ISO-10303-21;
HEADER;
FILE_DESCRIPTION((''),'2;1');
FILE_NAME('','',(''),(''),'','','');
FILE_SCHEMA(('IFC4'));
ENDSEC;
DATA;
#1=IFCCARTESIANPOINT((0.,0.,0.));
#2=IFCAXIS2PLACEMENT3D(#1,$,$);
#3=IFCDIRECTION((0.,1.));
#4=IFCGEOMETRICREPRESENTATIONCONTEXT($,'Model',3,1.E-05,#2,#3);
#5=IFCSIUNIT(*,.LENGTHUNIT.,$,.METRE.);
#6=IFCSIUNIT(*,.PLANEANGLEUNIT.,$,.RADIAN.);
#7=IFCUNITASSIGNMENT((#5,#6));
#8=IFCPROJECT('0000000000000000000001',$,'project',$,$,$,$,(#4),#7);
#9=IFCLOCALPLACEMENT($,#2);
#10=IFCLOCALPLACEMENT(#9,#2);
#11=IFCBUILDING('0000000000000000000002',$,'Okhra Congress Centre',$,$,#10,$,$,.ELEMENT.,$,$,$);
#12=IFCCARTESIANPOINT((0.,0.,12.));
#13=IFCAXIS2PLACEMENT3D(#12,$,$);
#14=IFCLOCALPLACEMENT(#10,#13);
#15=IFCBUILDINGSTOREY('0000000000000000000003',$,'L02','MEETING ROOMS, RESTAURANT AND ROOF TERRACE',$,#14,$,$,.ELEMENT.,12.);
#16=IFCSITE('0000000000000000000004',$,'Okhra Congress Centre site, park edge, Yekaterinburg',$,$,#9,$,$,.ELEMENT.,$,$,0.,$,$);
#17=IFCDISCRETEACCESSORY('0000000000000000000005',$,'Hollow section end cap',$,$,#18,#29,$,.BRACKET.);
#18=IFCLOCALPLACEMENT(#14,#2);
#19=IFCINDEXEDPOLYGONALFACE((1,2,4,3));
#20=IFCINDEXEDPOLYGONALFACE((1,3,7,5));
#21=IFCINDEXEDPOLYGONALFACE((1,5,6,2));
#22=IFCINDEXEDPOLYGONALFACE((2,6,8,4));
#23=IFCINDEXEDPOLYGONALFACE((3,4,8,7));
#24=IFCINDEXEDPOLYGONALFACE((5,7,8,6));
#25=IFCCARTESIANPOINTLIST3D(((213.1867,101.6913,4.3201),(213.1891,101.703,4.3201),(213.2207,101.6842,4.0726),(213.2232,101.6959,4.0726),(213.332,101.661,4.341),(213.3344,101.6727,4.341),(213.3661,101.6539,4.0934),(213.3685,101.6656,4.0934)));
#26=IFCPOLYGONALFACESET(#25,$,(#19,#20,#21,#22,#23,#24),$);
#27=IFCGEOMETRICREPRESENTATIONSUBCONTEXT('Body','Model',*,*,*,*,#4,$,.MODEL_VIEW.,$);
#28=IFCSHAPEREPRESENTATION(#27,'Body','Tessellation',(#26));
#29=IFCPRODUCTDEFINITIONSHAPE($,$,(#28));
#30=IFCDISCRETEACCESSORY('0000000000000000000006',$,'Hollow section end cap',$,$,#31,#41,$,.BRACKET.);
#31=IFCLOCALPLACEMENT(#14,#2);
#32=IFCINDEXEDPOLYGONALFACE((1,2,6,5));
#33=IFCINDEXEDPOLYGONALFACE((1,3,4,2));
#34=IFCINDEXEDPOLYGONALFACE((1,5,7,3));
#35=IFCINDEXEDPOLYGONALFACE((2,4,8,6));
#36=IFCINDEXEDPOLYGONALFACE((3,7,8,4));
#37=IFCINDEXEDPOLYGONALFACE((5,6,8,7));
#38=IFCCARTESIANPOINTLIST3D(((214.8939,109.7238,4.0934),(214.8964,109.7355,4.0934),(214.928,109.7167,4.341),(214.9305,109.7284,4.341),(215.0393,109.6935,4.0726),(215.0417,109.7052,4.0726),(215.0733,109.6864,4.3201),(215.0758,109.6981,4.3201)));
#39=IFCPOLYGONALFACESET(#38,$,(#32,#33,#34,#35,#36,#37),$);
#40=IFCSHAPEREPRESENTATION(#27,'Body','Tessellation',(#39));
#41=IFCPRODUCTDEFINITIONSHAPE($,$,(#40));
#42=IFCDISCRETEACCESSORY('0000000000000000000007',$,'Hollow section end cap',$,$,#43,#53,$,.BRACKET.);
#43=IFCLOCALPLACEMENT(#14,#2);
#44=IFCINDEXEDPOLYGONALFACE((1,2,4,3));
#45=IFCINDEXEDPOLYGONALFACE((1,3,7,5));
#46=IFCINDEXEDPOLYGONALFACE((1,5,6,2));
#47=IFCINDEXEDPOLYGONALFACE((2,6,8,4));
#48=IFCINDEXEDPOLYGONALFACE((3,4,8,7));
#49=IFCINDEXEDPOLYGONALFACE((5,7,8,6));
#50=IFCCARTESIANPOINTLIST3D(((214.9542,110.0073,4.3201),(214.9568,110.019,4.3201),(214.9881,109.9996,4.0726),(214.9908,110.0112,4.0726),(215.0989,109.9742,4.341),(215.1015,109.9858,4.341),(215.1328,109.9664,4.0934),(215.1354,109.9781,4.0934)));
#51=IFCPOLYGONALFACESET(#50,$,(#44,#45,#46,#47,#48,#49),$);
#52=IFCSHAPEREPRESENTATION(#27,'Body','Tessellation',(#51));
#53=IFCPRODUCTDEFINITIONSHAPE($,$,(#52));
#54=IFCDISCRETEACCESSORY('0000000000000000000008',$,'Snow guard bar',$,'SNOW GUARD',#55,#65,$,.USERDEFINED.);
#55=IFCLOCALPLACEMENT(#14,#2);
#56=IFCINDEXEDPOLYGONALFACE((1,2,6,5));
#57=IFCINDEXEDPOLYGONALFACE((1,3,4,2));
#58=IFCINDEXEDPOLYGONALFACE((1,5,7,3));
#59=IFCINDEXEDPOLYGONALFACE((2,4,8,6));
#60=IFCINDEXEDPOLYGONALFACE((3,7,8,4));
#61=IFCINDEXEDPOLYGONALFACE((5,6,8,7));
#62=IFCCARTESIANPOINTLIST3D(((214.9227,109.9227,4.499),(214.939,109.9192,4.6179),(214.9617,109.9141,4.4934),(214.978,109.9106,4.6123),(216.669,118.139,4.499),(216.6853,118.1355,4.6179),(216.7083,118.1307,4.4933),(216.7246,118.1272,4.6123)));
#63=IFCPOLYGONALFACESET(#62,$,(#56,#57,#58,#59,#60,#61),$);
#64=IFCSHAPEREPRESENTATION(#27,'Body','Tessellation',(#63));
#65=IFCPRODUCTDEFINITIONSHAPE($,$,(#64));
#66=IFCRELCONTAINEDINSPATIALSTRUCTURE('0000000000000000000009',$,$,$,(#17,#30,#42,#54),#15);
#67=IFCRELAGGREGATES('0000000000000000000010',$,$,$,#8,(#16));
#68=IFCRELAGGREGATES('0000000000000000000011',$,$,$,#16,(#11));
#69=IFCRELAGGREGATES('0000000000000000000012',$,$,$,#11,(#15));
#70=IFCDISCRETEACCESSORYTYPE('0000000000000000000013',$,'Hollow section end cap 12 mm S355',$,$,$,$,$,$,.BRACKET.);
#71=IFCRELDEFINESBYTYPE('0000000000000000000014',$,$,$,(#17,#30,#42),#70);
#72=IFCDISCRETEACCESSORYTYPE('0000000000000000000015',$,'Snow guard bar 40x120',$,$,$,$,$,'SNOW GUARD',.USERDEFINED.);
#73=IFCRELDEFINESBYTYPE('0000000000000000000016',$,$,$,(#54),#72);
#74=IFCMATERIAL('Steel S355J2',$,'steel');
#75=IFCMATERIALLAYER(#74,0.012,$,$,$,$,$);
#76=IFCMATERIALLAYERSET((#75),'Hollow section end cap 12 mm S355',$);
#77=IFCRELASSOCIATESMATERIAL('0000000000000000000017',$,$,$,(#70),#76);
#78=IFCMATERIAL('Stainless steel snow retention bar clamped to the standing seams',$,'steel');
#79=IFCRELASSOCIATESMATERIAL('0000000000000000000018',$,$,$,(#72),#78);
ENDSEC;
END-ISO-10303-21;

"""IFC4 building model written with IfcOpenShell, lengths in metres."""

from ifc_helpers import new_model, si_unit, direction, frame, origin, origin_2d, place, context, subcontext, project, spatial, polyline, rectangle, outline, extrude, material, layer, layer_set, type_object, element, save


model = new_model("IFC4")

# Units and contexts
model_context = context("Model", 3, precision=1e-05, world=origin(), true_north=direction((0.0, 1.0)))
body_context = subcontext(model_context, "Body", "Model", "MODEL_VIEW")
ifc_project = project(units=[si_unit("LENGTHUNIT", "METRE"), si_unit("PLANEANGLEUNIT", "RADIAN")], contexts=[model_context])

# Site, building, storey
site_placement = place(None, origin())
site = spatial("IfcSite", under=ifc_project, at=site_placement, Name="Okhra Congress Centre site, park edge, Yekaterinburg", CompositionType="ELEMENT", RefElevation=0.0)
building_placement = place(site_placement, origin())
building = spatial("IfcBuilding", under=site, at=building_placement, Name="Okhra Congress Centre", CompositionType="ELEMENT")
storey_placement = place(building_placement, frame((0.0, 0.0, 12.0)))
storey = spatial("IfcBuildingStorey", under=building, at=storey_placement, Name="L02", Description="MEETING ROOMS, RESTAURANT AND ROOF TERRACE", CompositionType="ELEMENT", Elevation=12.0)

# Shared definitions
ifc_material_1 = material(Name="Steel S355J2", Category="steel")

# Discrete accessories
ifc_layer_1 = layer(ifc_material_1, 0.012)
ifc_layer_set_1 = layer_set([ifc_layer_1], Name="Hollow section end cap 12 mm S355")
discrete_accessory_type_1 = type_object("IfcDiscreteAccessoryType", Name="Hollow section end cap 12 mm S355", PredefinedType="BRACKET", material=ifc_layer_set_1)
for number, where, z_axis, x_axis, name in (
    (1, (213.2788, 101.6843, 4.2068), (-0.203954, -0.97898, 0.0), (0.969453, -0.201969, 0.139173), "Hollow section end cap"),
    (2, (214.9836, 109.7051, 4.2068), (0.203954, 0.97898, 0.0), (-0.969453, 0.201969, 0.139173), "Hollow section end cap"),
    (3, (215.0461, 109.9985, 4.2068), (-0.223376, -0.974732, 0.0), (0.965246, -0.221202, 0.139173), "Hollow section end cap"),
):
    element("IfcDiscreteAccessory", number, at=place(storey_placement, frame(where, z_axis=z_axis, x_axis=x_axis)), inside=storey, type_object=discrete_accessory_type_1, Name=name, PredefinedType="BRACKET", context=body_context, shape_type="SweptSolid", body=[
        extrude(rectangle(XDim=0.1499, YDim=0.25, at=origin_2d()), origin(), (0.0, 0.0, 1.0), 0.012),
    ])
ifc_material_2 = material(Name="Stainless steel snow retention bar clamped to the standing seams", Category="steel")
discrete_accessory_type_2 = type_object("IfcDiscreteAccessoryType", Name="Snow guard bar 40x120", ElementType="SNOW GUARD", PredefinedType="USERDEFINED", material=ifc_material_2)
discrete_accessory_1_placement = place(storey_placement, frame((214.939, 109.9192, 4.6179), z_axis=(0.135715, -0.028847, 0.990328), x_axis=(0.967452, -0.21163, -0.138745)))
element("IfcDiscreteAccessory", 4, at=discrete_accessory_1_placement, inside=storey, type_object=discrete_accessory_type_2, Name="Snow guard bar", ObjectType="SNOW GUARD", PredefinedType="USERDEFINED", context=body_context, shape_type="SweptSolid", body=[
    extrude(outline(polyline([(0.0, 0.0), (0.0404, 0.0), (-0.0088, 8.4), (-0.0493, 8.3997), (0.0, 0.0)])), origin(), (0.0, 0.0, -1.0), 0.1201),
])

save(model, "model.ifc")
